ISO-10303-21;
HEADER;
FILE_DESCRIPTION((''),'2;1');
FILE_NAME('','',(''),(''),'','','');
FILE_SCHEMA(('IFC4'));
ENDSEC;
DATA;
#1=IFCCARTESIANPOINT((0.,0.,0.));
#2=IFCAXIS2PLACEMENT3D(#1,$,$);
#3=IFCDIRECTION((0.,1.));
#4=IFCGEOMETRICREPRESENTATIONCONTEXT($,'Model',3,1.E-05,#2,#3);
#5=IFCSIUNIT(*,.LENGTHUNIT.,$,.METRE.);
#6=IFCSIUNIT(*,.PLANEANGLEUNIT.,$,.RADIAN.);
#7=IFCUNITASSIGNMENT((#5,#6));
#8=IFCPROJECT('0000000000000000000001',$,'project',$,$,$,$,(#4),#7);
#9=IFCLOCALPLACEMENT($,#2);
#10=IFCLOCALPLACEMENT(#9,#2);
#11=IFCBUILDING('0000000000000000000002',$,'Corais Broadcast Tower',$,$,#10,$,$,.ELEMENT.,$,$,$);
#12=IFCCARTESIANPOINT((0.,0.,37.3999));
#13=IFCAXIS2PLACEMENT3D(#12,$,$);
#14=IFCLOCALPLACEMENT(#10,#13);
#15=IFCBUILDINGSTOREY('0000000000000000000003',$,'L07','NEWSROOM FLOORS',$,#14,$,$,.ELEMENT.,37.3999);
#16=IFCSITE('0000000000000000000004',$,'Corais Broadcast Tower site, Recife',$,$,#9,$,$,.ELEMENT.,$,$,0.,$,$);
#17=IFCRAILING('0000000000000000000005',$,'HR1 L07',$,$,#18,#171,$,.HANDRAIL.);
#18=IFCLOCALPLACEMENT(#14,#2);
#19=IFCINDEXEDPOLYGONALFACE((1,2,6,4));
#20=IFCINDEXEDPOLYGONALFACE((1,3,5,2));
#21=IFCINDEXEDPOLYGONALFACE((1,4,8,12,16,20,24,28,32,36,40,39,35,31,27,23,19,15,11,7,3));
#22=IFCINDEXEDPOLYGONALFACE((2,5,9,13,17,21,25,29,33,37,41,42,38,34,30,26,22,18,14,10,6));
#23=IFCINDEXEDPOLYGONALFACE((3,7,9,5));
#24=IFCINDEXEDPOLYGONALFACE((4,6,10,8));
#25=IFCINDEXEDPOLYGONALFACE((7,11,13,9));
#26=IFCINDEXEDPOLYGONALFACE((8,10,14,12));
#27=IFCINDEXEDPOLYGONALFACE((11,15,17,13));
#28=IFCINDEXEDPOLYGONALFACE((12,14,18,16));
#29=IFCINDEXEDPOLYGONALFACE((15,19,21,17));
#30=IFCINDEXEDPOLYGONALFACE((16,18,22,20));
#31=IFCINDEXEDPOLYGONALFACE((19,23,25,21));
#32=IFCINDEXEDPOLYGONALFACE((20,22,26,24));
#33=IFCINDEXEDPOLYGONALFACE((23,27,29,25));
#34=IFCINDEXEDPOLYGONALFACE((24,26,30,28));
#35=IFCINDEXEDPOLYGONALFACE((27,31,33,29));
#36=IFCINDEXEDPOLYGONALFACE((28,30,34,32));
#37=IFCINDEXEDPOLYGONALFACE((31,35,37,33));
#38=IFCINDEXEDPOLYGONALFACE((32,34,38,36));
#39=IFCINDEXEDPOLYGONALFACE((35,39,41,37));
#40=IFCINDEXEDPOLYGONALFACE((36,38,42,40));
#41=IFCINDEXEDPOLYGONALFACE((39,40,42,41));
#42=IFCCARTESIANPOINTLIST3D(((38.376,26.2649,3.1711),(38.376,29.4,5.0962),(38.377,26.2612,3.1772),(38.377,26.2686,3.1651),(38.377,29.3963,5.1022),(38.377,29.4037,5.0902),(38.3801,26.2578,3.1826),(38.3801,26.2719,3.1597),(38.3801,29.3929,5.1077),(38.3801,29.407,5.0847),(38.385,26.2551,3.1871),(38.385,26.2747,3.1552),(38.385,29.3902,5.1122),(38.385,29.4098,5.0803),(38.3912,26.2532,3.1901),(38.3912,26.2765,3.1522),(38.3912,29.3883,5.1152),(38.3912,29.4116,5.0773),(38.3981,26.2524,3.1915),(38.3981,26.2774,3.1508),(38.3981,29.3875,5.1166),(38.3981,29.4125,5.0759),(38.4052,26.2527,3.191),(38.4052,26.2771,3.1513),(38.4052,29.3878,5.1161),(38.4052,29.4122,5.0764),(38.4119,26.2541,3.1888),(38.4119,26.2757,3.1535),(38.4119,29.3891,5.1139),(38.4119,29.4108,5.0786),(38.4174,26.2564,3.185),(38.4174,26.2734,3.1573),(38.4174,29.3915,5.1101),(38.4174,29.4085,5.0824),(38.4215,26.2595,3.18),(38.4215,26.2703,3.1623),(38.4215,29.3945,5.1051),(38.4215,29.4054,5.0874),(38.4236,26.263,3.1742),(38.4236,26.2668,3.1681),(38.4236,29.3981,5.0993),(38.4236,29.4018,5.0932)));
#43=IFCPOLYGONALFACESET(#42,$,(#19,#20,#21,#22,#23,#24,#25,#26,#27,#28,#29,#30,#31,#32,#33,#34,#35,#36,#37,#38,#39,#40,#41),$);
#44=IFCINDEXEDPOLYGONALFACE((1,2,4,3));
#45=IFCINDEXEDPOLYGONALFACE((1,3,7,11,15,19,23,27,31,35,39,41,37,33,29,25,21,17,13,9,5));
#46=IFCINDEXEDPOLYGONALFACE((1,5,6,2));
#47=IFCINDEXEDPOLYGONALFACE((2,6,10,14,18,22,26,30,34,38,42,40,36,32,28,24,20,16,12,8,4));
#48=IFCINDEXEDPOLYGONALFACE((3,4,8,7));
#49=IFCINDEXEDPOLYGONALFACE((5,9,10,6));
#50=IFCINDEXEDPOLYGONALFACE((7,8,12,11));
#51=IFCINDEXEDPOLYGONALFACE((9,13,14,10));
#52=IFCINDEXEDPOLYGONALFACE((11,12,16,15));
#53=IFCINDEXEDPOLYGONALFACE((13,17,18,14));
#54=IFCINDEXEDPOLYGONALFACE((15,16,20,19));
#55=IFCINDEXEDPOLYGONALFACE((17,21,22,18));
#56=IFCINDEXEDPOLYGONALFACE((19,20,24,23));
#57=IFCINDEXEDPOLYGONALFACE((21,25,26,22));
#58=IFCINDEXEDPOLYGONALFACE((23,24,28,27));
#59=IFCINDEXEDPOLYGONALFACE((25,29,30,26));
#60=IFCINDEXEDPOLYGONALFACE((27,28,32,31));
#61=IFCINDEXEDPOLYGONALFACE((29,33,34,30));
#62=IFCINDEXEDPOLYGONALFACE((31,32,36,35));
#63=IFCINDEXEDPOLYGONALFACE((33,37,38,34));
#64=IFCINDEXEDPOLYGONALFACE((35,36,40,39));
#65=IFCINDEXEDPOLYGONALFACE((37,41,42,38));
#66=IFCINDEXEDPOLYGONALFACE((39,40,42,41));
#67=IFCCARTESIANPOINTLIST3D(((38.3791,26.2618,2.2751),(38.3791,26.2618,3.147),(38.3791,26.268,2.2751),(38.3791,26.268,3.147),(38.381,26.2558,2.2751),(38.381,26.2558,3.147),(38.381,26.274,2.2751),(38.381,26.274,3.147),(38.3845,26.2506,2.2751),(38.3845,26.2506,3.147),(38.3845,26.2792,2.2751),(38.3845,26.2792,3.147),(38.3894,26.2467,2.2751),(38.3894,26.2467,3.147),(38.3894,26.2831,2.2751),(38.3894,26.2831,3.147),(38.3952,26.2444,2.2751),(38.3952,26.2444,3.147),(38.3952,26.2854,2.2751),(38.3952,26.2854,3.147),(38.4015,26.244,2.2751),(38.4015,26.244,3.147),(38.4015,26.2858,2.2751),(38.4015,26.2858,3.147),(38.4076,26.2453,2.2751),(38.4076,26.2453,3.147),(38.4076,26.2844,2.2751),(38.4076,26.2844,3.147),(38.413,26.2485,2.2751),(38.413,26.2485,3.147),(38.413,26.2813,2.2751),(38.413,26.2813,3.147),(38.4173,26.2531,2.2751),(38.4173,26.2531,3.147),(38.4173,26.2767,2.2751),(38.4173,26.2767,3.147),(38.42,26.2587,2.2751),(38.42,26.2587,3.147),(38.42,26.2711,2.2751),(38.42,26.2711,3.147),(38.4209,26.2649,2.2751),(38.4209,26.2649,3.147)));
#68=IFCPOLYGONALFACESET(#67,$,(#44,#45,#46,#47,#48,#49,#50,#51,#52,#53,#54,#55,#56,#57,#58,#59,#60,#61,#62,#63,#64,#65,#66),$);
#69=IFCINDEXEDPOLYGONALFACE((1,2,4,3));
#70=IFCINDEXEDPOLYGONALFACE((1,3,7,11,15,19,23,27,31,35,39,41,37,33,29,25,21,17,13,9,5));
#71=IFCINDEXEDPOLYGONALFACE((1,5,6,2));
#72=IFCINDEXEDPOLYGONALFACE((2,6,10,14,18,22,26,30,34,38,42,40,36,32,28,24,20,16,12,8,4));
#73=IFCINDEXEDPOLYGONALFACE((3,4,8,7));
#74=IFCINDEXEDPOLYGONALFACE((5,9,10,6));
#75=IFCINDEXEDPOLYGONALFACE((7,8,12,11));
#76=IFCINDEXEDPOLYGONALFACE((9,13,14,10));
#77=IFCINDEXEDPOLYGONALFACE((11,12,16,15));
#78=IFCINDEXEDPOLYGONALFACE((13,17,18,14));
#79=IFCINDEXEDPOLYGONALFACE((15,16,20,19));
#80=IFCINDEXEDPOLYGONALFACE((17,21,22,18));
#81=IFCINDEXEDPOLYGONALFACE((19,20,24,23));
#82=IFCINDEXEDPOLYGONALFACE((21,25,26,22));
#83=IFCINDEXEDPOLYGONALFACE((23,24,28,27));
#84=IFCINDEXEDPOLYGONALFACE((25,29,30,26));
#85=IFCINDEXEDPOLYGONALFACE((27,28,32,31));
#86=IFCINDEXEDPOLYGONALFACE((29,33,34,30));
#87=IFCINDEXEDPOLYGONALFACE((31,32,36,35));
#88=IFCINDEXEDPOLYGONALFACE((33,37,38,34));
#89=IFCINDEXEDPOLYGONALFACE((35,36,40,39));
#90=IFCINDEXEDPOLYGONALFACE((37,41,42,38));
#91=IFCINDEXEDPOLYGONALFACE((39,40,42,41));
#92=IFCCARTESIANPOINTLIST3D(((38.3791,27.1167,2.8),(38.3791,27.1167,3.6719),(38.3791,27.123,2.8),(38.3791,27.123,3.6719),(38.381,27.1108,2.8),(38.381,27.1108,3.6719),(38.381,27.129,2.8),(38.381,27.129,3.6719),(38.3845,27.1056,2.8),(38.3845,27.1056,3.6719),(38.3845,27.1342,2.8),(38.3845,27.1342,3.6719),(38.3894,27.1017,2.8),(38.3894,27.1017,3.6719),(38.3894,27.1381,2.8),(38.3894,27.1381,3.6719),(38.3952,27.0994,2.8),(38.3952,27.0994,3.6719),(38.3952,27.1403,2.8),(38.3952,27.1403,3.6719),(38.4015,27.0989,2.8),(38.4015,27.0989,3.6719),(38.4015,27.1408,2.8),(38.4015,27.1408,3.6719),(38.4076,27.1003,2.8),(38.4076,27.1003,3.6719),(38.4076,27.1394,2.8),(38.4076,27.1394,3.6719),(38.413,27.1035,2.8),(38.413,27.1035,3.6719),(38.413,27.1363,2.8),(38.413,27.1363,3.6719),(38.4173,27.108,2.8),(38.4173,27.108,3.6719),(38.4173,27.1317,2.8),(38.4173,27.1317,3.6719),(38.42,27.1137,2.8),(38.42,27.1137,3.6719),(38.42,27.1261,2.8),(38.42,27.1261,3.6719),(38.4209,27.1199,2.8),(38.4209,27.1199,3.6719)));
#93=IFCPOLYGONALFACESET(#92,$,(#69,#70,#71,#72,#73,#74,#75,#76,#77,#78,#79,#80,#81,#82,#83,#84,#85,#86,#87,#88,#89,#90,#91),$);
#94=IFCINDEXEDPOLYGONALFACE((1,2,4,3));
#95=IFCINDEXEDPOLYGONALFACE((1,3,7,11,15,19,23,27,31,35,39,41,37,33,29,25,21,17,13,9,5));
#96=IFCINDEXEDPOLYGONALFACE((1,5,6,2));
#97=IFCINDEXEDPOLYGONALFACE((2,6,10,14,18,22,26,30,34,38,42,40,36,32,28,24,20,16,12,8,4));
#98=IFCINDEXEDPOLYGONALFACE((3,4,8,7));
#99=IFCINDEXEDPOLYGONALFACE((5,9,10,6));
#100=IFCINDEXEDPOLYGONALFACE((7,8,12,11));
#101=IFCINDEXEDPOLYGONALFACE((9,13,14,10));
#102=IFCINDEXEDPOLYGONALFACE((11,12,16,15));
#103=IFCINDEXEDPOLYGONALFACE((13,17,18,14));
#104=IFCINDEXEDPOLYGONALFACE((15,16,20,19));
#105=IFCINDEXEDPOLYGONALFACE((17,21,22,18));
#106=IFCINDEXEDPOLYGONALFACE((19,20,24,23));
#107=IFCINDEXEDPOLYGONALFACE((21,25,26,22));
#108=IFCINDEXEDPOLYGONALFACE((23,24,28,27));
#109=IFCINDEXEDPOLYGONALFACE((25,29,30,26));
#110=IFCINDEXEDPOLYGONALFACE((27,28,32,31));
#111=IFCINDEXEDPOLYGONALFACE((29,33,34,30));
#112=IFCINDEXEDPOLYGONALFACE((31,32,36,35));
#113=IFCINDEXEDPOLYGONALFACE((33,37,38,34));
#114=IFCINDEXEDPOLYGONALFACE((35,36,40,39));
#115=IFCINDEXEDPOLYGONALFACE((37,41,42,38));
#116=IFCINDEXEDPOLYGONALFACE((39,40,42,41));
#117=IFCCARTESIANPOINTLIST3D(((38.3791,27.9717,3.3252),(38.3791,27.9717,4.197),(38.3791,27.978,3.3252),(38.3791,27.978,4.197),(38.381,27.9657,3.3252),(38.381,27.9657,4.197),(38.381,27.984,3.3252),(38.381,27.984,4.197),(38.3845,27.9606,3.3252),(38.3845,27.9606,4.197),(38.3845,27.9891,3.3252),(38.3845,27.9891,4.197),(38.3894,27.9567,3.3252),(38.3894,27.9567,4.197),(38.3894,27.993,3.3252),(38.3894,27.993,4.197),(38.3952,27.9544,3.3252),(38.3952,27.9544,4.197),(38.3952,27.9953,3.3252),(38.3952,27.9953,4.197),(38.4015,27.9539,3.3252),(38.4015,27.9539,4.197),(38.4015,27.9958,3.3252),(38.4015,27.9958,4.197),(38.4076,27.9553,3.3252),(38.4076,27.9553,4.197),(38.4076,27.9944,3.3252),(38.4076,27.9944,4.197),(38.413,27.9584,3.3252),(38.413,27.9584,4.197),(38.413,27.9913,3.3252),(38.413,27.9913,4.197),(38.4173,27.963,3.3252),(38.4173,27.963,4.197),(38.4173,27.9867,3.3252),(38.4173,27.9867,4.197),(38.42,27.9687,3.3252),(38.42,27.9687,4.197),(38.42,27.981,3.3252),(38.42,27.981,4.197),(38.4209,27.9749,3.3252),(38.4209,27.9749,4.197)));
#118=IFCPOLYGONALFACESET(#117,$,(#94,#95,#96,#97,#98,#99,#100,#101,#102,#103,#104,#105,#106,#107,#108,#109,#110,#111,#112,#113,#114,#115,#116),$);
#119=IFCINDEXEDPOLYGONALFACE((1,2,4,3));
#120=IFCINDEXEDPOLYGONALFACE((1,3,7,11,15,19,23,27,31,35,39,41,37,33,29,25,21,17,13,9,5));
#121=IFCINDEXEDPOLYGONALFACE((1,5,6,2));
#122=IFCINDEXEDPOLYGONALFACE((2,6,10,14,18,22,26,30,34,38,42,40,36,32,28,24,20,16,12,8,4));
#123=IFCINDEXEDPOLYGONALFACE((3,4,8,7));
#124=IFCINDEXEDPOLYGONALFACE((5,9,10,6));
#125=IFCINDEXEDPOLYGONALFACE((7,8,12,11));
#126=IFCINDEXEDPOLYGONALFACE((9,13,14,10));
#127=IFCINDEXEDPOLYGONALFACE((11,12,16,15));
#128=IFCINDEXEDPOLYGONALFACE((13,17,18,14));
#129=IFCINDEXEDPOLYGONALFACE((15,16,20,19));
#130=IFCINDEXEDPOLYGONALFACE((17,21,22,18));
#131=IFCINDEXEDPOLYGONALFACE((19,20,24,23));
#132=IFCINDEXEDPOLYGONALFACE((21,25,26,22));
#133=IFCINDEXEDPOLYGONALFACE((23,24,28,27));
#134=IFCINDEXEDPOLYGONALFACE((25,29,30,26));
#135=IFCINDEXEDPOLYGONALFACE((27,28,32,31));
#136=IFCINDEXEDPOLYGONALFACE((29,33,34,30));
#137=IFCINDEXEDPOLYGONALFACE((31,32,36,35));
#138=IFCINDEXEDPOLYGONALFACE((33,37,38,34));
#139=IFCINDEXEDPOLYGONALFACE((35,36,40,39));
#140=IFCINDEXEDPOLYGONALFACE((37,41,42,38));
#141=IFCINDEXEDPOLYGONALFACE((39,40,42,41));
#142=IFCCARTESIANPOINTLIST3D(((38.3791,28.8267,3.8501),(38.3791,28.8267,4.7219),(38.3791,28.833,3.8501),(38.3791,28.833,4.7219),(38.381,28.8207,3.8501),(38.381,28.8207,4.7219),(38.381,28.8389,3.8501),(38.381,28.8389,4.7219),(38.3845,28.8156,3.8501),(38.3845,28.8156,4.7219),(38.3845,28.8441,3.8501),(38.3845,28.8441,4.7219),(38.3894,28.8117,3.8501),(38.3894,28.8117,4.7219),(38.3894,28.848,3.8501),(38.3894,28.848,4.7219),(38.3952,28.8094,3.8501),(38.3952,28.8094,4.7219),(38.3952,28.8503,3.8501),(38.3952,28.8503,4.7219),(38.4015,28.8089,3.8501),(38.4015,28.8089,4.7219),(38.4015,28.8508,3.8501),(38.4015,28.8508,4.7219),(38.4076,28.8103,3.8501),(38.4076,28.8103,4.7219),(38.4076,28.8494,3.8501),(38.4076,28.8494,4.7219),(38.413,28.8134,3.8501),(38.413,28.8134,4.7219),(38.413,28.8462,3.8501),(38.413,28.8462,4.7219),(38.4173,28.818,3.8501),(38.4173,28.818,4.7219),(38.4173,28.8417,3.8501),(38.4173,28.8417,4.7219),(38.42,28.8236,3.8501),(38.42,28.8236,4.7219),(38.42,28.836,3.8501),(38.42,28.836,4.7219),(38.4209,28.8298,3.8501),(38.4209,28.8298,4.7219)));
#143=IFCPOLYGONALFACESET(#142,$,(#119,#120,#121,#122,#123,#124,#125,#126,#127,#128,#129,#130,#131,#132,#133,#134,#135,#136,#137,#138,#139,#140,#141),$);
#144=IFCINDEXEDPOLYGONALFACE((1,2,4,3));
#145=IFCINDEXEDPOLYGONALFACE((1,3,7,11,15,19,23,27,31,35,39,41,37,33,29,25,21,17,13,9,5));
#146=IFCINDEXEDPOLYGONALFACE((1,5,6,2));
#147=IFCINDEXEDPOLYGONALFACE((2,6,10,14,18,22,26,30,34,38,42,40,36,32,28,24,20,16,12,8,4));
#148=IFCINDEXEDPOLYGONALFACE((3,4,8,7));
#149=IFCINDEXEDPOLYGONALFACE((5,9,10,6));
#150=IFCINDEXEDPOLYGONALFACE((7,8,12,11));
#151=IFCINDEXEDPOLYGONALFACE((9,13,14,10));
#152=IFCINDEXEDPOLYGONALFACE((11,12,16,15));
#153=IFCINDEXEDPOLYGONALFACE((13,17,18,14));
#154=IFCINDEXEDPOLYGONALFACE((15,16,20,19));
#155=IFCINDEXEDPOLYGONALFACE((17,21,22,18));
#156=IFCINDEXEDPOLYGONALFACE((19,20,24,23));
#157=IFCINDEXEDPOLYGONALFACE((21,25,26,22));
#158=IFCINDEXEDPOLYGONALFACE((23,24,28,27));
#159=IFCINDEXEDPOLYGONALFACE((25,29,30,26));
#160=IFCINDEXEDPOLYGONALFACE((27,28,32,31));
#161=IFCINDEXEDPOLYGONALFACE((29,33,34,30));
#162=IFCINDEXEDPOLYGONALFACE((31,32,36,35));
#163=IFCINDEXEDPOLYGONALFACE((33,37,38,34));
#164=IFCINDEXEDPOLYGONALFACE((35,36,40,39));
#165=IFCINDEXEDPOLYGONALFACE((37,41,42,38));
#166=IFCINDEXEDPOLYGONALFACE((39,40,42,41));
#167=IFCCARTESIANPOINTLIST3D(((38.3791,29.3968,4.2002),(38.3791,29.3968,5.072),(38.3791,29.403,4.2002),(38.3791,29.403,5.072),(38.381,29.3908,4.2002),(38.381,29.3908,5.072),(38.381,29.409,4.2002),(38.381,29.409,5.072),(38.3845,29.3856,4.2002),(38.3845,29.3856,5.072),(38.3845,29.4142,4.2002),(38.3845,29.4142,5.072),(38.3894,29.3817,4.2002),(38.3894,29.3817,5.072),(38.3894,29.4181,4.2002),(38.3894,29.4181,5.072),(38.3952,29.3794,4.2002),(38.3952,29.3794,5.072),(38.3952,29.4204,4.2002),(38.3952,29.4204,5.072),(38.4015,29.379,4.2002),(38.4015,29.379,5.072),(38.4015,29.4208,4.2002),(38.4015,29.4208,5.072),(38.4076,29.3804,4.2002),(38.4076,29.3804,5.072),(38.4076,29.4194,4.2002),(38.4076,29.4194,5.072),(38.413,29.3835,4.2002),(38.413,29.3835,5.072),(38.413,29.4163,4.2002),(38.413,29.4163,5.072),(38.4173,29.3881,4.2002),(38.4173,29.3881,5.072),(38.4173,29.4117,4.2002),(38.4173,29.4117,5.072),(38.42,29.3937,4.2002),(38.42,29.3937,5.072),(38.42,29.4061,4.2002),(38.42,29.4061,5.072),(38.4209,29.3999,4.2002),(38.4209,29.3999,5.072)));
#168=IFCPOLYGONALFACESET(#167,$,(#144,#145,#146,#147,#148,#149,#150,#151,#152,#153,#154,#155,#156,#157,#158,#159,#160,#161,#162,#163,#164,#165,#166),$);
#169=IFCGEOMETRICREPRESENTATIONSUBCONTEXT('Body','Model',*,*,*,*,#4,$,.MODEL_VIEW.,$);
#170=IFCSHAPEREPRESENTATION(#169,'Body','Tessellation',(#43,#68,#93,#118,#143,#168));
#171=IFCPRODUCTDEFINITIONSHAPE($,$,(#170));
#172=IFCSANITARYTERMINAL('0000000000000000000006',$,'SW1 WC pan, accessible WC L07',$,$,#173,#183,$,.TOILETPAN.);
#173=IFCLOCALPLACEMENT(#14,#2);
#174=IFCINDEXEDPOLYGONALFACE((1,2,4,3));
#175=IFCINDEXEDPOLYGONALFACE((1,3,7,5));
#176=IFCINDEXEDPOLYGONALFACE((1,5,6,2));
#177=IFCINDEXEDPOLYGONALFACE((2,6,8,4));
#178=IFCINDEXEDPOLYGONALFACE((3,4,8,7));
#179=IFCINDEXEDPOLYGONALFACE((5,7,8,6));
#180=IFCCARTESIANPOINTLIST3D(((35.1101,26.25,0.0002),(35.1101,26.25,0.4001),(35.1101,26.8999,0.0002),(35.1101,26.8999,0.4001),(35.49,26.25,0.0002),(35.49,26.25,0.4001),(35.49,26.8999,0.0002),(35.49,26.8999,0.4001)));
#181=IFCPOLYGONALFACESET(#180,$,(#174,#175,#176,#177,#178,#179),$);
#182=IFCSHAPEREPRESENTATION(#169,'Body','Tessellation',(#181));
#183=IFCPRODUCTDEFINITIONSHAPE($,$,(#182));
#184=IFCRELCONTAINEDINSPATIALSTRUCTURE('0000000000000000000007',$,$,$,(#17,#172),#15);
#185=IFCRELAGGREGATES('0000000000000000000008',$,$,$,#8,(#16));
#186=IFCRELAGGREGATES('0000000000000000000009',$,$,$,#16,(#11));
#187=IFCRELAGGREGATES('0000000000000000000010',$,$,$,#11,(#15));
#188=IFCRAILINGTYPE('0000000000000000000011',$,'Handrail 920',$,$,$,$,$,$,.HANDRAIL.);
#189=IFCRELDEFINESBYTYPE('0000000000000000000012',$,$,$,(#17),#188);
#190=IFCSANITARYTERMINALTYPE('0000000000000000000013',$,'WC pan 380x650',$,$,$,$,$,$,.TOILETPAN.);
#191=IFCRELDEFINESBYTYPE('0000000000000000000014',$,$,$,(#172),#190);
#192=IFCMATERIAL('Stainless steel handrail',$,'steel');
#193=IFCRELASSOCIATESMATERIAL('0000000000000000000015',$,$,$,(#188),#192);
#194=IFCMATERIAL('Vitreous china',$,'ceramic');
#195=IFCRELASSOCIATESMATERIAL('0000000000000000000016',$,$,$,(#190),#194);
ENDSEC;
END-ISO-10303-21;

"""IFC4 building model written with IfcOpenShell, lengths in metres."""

from ifc_helpers import new_model, si_unit, direction, frame, origin, origin_2d, place, context, subcontext, project, spatial, rectangle, circle, extrude, material, type_object, element, save


model = new_model("IFC4")

# Units and contexts
model_context = context("Model", 3, precision=1e-05, world=origin(), true_north=direction((0.0, 1.0)))
body_context = subcontext(model_context, "Body", "Model", "MODEL_VIEW")
ifc_project = project(units=[si_unit("LENGTHUNIT", "METRE"), si_unit("PLANEANGLEUNIT", "RADIAN")], contexts=[model_context])

# Site, building, storey
site_placement = place(None, origin())
site = spatial("IfcSite", under=ifc_project, at=site_placement, Name="Corais Broadcast Tower site, Recife", CompositionType="ELEMENT", RefElevation=0.0)
building_placement = place(site_placement, origin())
building = spatial("IfcBuilding", under=site, at=building_placement, Name="Corais Broadcast Tower", CompositionType="ELEMENT")
storey_placement = place(building_placement, frame((0.0, 0.0, 37.3999)))
storey = spatial("IfcBuildingStorey", under=building, at=storey_placement, Name="L07", Description="NEWSROOM FLOORS", CompositionType="ELEMENT", Elevation=37.3999)

# Railing
ifc_material_1 = material(Name="Stainless steel handrail", Category="steel")
railing_type_1 = type_object("IfcRailingType", Name="Handrail 920", PredefinedType="HANDRAIL", material=ifc_material_1)
for number, where, name in (
    (1, (38.3999, 26.2649, 2.2751), "HR1 L07"),
):
    element("IfcRailing", number, at=place(storey_placement, frame(where)), inside=storey, type_object=railing_type_1, Name=name, PredefinedType="HANDRAIL", context=body_context, shape_type="SweptSolid", body=[
        extrude(circle(Radius=0.0239, at=origin_2d()), frame((0.0, 0.0, 0.896), z_axis=(0.0, 0.852166, 0.523271), x_axis=(-1.0, 0.0, 0.0)), (0.0, 0.0, 1.0), 3.679),
        extrude(circle(Radius=0.021, at=origin_2d()), origin(), (0.0, 0.0, 1.0), 0.8718),
        extrude(circle(Radius=0.021, at=origin_2d()), frame((0.0, 0.855, 0.5249)), (0.0, 0.0, 1.0), 0.8718),
        extrude(circle(Radius=0.021, at=origin_2d()), frame((0.0, 1.71, 1.05)), (0.0, 0.0, 1.0), 0.8718),
        extrude(circle(Radius=0.021, at=origin_2d()), frame((0.0, 2.5649, 1.575)), (0.0, 0.0, 1.0), 0.8718),
        extrude(circle(Radius=0.021, at=origin_2d()), frame((0.0, 3.135, 1.925)), (0.0, 0.0, 1.0), 0.8718),
    ])

# Sanitary terminal
ifc_material_2 = material(Name="Vitreous china", Category="ceramic")
sanitary_terminal_type = type_object("IfcSanitaryTerminalType", Name="WC pan 380x650", PredefinedType="TOILETPAN", material=ifc_material_2)
sanitary_terminal_placement = place(storey_placement, frame((35.3, 26.575, 0.0002), z_axis=(0.0, 0.0, 1.0), x_axis=(1.0, 0.0, 0.0)))
element("IfcSanitaryTerminal", 2, at=sanitary_terminal_placement, inside=storey, type_object=sanitary_terminal_type, Name="SW1 WC pan, accessible WC L07", PredefinedType="TOILETPAN", context=body_context, shape_type="SweptSolid", body=[
    extrude(rectangle(XDim=0.3799, YDim=0.6499, at=origin_2d()), origin(), (0.0, 0.0, 1.0), 0.3999),
])

save(model, "model.ifc")
